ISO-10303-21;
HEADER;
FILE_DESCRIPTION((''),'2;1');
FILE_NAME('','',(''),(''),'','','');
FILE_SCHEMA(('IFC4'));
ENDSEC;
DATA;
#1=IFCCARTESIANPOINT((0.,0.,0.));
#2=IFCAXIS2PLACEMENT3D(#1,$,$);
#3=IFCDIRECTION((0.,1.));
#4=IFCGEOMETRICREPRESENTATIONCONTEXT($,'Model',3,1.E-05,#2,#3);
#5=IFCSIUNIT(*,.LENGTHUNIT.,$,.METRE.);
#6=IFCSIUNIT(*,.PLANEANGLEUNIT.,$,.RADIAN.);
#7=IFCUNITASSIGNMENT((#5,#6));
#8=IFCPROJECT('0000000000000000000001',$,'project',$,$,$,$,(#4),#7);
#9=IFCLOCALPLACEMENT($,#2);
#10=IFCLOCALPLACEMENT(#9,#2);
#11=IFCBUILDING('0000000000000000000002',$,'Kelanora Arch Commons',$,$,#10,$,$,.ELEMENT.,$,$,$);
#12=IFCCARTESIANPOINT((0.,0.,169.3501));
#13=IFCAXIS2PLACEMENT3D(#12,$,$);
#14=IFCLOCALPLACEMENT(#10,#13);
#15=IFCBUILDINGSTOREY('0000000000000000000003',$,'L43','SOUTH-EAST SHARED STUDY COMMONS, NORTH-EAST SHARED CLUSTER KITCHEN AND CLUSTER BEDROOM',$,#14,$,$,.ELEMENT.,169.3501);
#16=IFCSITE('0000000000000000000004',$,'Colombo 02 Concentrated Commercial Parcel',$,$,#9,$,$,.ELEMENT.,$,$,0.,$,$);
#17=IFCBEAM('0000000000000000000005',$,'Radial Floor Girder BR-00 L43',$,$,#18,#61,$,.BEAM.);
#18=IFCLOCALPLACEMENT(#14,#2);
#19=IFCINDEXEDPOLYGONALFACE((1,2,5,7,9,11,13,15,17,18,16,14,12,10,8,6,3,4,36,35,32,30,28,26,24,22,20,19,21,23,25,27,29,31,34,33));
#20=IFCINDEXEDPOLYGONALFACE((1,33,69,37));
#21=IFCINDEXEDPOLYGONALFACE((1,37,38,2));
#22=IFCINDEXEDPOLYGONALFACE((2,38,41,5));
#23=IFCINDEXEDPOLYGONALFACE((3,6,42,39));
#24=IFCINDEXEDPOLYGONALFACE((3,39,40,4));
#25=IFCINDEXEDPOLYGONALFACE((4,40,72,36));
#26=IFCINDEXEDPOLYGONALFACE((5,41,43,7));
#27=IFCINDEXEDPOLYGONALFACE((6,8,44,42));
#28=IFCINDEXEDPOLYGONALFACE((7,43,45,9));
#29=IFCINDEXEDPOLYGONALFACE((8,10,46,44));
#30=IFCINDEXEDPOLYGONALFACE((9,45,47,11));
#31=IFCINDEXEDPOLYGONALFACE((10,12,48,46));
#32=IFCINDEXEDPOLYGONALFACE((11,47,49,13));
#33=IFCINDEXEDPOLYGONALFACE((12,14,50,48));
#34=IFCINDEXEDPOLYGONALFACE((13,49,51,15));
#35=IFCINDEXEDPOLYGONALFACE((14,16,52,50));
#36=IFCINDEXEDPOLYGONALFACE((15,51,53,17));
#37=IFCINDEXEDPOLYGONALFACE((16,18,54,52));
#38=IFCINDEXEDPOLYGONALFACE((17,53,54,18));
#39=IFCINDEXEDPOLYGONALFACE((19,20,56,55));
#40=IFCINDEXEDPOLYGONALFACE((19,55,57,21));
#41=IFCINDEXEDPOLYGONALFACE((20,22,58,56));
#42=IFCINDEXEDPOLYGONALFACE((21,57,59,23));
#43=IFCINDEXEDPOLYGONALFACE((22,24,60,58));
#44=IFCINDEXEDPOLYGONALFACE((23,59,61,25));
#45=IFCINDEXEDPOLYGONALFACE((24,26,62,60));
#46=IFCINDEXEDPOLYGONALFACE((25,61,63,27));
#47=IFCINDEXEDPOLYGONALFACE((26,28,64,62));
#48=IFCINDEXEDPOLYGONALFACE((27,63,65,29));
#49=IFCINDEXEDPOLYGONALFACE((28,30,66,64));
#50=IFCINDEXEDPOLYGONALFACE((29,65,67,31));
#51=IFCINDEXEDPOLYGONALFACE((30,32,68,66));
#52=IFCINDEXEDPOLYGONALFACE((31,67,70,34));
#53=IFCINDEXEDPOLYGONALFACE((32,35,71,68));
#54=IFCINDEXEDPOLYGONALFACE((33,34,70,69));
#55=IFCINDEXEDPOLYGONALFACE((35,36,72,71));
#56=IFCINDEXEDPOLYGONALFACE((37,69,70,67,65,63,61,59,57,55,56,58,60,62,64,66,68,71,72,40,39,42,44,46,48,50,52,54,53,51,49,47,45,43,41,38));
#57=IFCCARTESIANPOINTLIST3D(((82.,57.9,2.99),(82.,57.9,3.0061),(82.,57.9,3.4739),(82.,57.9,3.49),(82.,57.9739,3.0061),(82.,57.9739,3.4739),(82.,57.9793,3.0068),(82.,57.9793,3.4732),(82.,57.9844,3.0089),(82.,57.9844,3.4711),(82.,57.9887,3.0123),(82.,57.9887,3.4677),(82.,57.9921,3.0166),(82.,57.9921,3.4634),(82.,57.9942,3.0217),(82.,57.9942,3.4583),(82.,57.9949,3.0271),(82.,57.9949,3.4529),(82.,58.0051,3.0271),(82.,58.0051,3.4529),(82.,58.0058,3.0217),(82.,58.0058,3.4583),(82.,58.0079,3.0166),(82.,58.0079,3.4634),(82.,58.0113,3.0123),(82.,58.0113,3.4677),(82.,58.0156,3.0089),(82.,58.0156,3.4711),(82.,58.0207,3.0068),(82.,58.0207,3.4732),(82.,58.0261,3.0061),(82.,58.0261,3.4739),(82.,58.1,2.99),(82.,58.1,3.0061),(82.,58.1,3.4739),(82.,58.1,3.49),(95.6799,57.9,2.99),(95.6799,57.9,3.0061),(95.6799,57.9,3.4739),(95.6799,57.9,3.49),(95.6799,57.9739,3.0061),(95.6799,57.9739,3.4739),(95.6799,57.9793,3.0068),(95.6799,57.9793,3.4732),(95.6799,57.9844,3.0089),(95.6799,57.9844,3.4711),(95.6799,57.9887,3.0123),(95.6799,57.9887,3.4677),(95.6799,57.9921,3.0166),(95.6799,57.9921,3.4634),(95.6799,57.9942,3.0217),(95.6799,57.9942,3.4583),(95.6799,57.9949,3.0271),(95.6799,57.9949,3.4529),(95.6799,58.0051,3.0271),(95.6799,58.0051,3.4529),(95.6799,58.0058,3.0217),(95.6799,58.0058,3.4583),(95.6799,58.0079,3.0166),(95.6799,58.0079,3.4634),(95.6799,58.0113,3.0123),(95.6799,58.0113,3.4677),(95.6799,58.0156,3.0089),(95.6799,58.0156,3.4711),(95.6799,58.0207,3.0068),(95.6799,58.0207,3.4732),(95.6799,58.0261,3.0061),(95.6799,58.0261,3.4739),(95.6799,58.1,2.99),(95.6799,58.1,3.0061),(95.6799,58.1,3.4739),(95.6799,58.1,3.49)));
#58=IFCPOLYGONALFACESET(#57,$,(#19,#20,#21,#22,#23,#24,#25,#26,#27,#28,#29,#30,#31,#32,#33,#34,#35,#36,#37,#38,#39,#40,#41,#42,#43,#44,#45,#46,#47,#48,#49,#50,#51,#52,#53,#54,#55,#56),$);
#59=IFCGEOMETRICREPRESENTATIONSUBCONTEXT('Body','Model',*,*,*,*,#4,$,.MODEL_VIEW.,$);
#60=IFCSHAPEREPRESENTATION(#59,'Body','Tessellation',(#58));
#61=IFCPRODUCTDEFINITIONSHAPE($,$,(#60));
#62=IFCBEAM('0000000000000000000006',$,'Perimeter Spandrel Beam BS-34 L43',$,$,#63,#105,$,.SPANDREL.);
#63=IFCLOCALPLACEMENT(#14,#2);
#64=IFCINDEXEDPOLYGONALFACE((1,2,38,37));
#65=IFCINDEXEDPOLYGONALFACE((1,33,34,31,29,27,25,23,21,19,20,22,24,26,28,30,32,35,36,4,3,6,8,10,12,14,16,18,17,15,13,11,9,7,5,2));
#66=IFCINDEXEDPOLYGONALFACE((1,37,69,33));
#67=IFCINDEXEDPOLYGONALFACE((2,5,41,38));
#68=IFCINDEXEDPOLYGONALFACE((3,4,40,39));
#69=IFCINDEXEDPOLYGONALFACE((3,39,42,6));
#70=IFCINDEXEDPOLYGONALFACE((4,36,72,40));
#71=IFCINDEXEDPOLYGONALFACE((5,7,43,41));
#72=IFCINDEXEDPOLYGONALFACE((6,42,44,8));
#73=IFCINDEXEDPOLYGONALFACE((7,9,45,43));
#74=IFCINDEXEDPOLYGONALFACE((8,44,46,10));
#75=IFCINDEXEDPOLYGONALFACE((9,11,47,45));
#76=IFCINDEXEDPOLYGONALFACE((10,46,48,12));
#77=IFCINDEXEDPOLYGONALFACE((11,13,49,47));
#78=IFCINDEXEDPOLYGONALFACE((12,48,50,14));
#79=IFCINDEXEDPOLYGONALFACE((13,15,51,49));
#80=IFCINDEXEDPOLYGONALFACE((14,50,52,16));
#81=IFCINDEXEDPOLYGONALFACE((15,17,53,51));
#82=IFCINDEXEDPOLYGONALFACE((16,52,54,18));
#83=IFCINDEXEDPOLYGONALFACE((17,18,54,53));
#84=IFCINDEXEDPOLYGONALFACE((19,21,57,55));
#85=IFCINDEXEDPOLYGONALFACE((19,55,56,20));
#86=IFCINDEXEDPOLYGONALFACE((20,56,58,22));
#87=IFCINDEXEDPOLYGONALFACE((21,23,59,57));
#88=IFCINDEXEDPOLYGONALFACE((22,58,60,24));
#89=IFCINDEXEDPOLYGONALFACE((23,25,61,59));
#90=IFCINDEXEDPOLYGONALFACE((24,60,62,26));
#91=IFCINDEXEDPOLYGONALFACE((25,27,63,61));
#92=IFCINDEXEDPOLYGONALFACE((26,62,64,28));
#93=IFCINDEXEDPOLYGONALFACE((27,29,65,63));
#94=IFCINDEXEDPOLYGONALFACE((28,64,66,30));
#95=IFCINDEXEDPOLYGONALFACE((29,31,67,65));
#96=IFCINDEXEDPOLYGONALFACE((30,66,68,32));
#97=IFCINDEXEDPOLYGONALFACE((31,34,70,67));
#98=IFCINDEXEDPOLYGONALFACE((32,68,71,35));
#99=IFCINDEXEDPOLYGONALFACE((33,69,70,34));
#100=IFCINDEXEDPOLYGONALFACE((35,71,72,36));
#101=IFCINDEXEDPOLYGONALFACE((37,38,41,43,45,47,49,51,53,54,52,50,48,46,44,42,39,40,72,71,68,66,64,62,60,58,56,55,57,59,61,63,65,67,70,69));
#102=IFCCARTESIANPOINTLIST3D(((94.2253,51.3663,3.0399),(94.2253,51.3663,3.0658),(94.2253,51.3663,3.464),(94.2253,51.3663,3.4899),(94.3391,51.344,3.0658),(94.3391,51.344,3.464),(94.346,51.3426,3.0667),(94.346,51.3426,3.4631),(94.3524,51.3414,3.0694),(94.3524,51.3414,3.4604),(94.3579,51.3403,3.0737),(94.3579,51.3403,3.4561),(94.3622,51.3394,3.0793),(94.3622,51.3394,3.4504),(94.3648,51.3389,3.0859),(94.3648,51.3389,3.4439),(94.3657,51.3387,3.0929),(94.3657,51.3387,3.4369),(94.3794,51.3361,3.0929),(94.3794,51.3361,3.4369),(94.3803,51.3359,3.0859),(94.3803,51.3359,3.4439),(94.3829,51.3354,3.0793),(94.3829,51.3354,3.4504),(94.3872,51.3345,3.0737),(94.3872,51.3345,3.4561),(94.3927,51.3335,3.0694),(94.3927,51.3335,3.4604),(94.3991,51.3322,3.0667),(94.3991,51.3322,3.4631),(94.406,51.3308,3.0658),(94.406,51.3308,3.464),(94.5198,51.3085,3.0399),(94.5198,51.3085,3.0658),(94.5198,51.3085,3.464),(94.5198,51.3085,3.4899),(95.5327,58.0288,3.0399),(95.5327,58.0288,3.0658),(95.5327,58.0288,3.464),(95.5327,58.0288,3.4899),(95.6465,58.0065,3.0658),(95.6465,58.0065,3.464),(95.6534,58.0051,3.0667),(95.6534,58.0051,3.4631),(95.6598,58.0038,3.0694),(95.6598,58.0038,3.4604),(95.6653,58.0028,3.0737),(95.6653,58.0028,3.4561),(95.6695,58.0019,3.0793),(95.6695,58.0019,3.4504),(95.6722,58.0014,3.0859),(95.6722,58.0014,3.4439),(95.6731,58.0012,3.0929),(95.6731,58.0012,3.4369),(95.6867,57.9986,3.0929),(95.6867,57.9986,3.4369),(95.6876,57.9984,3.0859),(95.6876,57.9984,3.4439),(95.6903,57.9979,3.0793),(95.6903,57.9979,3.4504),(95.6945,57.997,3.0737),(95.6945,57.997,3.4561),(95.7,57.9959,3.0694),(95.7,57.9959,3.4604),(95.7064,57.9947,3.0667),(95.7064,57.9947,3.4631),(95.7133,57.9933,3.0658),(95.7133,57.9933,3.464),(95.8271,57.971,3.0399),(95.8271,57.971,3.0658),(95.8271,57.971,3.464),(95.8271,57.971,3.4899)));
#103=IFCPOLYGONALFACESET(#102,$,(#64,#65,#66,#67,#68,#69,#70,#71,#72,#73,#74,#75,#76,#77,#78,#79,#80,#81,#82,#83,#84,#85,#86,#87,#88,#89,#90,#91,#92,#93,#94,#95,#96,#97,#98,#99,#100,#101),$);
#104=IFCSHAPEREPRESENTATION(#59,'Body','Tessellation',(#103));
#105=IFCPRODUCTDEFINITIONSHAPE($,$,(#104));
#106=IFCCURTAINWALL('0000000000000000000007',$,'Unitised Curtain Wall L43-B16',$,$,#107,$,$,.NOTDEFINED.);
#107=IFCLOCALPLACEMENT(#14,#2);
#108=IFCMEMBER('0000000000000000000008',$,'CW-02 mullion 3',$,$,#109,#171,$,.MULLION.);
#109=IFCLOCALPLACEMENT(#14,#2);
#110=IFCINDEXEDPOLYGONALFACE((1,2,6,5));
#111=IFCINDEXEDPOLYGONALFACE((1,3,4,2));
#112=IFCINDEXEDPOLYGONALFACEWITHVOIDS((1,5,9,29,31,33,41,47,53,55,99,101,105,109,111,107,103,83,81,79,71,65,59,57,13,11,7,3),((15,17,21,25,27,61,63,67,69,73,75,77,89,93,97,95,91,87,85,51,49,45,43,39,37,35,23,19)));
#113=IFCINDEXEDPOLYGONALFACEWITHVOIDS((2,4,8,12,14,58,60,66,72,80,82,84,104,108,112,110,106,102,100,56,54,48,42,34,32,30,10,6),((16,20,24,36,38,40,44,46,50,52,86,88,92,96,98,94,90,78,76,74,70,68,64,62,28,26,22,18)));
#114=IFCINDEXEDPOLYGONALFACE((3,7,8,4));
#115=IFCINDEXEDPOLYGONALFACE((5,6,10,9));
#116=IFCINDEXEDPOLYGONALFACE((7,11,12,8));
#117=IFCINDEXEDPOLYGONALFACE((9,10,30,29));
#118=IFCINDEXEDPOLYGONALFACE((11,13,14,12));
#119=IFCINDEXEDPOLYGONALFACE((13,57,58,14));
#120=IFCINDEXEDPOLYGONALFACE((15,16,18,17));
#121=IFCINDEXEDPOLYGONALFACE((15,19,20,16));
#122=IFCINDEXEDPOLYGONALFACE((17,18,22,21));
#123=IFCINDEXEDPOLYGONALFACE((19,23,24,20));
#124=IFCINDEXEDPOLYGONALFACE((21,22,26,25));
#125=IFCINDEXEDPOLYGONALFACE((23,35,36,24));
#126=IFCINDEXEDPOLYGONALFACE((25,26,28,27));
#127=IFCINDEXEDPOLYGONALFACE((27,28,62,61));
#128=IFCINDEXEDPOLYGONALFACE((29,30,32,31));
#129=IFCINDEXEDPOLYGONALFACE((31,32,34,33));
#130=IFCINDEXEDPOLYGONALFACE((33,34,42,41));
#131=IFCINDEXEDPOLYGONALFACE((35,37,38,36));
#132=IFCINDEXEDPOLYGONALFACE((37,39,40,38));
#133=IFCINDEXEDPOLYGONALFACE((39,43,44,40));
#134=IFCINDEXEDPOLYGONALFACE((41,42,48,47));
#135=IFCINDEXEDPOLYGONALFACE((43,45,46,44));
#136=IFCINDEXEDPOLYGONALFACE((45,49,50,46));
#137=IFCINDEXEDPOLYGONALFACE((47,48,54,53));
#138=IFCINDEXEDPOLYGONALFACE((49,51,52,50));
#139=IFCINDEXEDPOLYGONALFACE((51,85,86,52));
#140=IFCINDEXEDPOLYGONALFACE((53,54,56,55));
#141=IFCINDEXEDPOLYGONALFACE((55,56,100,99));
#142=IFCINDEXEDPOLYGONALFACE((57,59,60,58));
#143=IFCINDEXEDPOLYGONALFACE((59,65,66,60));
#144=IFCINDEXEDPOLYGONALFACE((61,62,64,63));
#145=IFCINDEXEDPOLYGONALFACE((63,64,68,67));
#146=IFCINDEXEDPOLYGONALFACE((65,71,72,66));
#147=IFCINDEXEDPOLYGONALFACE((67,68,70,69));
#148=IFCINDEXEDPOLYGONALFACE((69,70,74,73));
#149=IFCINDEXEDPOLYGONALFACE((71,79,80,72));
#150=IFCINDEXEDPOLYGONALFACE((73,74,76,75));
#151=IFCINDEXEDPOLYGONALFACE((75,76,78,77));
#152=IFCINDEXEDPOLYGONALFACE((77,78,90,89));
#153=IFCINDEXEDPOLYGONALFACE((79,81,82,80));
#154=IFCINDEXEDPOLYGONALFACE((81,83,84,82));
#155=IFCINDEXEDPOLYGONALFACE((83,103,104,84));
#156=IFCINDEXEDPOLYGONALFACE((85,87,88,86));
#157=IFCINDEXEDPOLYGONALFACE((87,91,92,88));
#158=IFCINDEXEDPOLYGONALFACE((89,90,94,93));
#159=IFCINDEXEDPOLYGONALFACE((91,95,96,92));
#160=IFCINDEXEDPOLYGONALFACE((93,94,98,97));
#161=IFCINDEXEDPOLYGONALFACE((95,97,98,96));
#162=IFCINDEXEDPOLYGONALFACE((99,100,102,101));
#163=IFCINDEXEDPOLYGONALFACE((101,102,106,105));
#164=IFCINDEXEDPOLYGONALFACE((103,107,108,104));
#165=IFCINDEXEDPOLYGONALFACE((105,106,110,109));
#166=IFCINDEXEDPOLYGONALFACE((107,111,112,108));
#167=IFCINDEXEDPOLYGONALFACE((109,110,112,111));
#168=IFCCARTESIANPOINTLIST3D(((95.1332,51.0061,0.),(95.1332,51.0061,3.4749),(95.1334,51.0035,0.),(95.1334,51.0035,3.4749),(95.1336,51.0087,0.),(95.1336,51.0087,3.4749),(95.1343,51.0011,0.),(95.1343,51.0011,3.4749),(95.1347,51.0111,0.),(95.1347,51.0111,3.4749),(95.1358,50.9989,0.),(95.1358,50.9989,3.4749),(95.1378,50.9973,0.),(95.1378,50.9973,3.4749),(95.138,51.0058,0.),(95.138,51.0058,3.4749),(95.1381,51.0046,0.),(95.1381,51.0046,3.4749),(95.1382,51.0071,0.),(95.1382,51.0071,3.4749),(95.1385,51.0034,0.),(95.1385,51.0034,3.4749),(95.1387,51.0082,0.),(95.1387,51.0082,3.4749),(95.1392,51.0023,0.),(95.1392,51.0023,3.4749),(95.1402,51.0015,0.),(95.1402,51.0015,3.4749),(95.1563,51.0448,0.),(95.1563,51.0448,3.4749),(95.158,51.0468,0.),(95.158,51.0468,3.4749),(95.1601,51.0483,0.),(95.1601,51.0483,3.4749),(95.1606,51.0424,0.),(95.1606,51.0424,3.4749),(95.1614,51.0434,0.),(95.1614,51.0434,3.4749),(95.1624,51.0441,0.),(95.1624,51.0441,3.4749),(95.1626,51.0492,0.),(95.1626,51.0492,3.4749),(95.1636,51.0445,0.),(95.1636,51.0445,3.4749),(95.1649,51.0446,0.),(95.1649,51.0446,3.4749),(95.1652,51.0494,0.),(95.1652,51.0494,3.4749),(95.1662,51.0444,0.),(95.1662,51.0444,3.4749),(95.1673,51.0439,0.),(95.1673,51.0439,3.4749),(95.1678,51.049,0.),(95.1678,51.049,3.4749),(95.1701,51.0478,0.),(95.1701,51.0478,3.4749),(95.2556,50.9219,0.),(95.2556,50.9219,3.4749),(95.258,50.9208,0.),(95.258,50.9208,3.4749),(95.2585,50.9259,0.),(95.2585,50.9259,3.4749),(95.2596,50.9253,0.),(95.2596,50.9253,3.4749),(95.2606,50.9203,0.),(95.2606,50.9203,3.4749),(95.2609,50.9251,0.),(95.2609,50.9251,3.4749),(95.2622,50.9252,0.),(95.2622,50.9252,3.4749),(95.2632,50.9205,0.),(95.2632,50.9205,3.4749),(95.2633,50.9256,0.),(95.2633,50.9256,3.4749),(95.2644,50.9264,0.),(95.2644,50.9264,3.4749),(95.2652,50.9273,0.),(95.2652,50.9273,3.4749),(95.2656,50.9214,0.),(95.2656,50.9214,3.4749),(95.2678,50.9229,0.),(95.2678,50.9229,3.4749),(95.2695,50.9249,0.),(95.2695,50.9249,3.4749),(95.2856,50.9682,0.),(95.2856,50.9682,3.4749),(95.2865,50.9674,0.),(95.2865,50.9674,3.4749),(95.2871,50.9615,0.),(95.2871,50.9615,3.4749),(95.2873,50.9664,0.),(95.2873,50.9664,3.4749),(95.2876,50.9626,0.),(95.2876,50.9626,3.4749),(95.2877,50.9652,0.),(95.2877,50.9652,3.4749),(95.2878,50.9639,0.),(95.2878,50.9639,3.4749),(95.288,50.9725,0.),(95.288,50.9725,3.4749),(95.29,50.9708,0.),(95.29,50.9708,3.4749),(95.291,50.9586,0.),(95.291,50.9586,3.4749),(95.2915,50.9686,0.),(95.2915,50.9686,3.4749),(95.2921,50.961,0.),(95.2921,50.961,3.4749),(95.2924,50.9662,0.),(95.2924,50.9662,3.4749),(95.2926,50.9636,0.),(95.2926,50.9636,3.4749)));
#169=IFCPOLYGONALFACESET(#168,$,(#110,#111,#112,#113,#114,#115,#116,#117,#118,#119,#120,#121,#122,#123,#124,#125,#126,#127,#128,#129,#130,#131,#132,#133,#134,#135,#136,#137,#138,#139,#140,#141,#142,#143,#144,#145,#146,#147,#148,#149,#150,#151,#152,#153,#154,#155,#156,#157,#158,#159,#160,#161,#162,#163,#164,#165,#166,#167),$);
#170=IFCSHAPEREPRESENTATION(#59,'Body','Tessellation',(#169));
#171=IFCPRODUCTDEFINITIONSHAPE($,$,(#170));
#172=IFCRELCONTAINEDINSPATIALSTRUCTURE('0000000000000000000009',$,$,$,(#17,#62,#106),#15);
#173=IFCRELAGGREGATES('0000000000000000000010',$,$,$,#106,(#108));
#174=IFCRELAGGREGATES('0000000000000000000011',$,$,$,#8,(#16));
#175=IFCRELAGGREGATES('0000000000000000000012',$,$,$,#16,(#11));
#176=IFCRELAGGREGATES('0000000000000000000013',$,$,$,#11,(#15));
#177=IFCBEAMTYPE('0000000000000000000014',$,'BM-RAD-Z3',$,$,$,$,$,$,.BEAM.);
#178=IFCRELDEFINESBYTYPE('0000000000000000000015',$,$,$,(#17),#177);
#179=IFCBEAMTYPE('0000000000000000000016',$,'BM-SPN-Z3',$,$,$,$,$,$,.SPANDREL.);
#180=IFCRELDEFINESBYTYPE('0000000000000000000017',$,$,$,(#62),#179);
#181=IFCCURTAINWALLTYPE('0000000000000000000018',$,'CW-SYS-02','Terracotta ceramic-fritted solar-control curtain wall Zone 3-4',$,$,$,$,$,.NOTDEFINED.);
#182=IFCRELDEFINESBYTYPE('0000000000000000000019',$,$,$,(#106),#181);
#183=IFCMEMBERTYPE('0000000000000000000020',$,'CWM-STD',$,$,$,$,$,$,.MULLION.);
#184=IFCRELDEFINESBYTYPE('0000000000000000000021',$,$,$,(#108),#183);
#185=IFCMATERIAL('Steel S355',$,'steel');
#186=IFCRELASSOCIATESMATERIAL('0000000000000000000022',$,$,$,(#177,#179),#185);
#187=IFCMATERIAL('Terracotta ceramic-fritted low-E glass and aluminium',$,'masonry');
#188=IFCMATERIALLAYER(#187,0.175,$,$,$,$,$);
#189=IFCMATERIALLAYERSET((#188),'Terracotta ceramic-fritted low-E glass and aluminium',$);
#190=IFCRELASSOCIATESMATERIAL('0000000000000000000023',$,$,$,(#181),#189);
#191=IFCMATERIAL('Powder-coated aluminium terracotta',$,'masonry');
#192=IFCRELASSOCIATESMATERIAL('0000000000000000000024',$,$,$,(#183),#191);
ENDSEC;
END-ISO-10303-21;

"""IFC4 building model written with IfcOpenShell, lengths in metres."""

from ifc_helpers import new_model, si_unit, direction, frame, origin, origin_2d, place, context, subcontext, project, spatial, hollow_rectangle, i_section, extrude, material, layer, layer_set, material_profile, profile_set, type_object, element, aggregate, save


model = new_model("IFC4")

# Units and contexts
model_context = context("Model", 3, precision=1e-05, world=origin(), true_north=direction((0.0, 1.0)))
body_context = subcontext(model_context, "Body", "Model", "MODEL_VIEW")
ifc_project = project(units=[si_unit("LENGTHUNIT", "METRE"), si_unit("PLANEANGLEUNIT", "RADIAN")], contexts=[model_context])

# Site, building, storey
site_placement = place(None, origin())
site = spatial("IfcSite", under=ifc_project, at=site_placement, Name="Colombo 02 Concentrated Commercial Parcel", CompositionType="ELEMENT", RefElevation=0.0)
building_placement = place(site_placement, origin())
building = spatial("IfcBuilding", under=site, at=building_placement, Name="Kelanora Arch Commons", CompositionType="ELEMENT")
storey_placement = place(building_placement, frame((0.0, 0.0, 169.3501)))
storey = spatial("IfcBuildingStorey", under=building, at=storey_placement, Name="L43", Description="SOUTH-EAST SHARED STUDY COMMONS, NORTH-EAST SHARED CLUSTER KITCHEN AND CLUSTER BEDROOM", CompositionType="ELEMENT", Elevation=169.3501)

# Beams
ifc_material_1 = material(Name="Steel S355", Category="steel")
ifc_material_profile_1 = material_profile(ifc_material_1, i_section(OverallWidth=0.2, OverallDepth=0.5, WebThickness=0.0103, FlangeThickness=0.0161, FilletRadius=0.021, at=origin_2d()), Name="IPE500")
ifc_profile_set_1 = profile_set([ifc_material_profile_1], Name="Steel S355")
beam_type_1 = type_object("IfcBeamType", Name="BM-RAD-Z3", PredefinedType="BEAM", material=ifc_profile_set_1)
beam_1_placement = place(storey_placement, frame((82.0, 58.0, 3.24), z_axis=(1.0, 0.0, 0.0), x_axis=(0.0, 1.0, 0.0)))
element("IfcBeam", 1, at=beam_1_placement, inside=storey, type_object=beam_type_1, Name="Radial Floor Girder BR-00 L43", PredefinedType="BEAM", context=body_context, shape_type="SweptSolid", body=[
    extrude(i_section(OverallWidth=0.2, OverallDepth=0.5, WebThickness=0.0103, FlangeThickness=0.0161, FilletRadius=0.021, at=origin_2d()), origin(), (0.0, 0.0, 1.0), 13.6799),
])
ifc_material_profile_2 = material_profile(ifc_material_1, i_section(OverallWidth=0.3, OverallDepth=0.45, WebThickness=0.0139, FlangeThickness=0.0259, FilletRadius=0.0271, at=origin_2d()), Name="HEB450")
ifc_profile_set_2 = profile_set([ifc_material_profile_2], Name="Steel S355")
beam_type_2 = type_object("IfcBeamType", Name="BM-SPN-Z3", PredefinedType="SPANDREL", material=ifc_profile_set_2)
beam_2_placement = place(storey_placement, frame((94.3726, 51.3374, 3.2649), z_axis=(0.192554, 0.981286, 0.0), x_axis=(-0.981286, 0.192554, 0.0)))
element("IfcBeam", 2, at=beam_2_placement, inside=storey, type_object=beam_type_2, Name="Perimeter Spandrel Beam BS-34 L43", PredefinedType="SPANDREL", context=body_context, shape_type="SweptSolid", body=[
    extrude(i_section(OverallWidth=0.3, OverallDepth=0.45, WebThickness=0.0139, FlangeThickness=0.0259, FilletRadius=0.0271, at=origin_2d()), origin(), (0.0, 0.0, 1.0), 6.7896),
])

# Curtain wall, member
ifc_material_2 = material(Name="Terracotta ceramic-fritted low-E glass and aluminium", Category="masonry")
ifc_layer_1 = layer(ifc_material_2, 0.175)
ifc_layer_set_1 = layer_set([ifc_layer_1], Name="Terracotta ceramic-fritted low-E glass and aluminium")
curtain_wall_type = type_object("IfcCurtainWallType", Name="CW-SYS-02", Description="Terracotta ceramic-fritted solar-control curtain wall Zone 3-4", PredefinedType="NOTDEFINED", material=ifc_layer_set_1)
curtain_wall_placement = place(storey_placement, origin())
curtain_wall = element("IfcCurtainWall", 3, at=curtain_wall_placement, inside=storey, type_object=curtain_wall_type, Name="Unitised Curtain Wall L43-B16", PredefinedType="NOTDEFINED")
ifc_material_3 = material(Name="Powder-coated aluminium terracotta", Category="masonry")
ifc_material_profile_3 = material_profile(ifc_material_3, hollow_rectangle(XDim=0.1599, YDim=0.0601, WallThickness=0.0049, InnerFilletRadius=0.0049, OuterFilletRadius=0.01, at=origin_2d()), Name="CWM160x60")
ifc_profile_set_3 = profile_set([ifc_material_profile_3], Name="Powder-coated aluminium terracotta")
member_type_1 = type_object("IfcMemberType", Name="CWM-STD", PredefinedType="MULLION", material=ifc_profile_set_3)
member_1_placement = place(storey_placement, frame((95.2129, 50.9849, 0.0), z_axis=(0.0, 0.0, 1.0), x_axis=(-0.842423, 0.538817, 0.0)))
member_1 = element("IfcMember", 4, at=member_1_placement, type_object=member_type_1, Name="CW-02 mullion 3", PredefinedType="MULLION", context=body_context, shape_type="SweptSolid", body=[
    extrude(hollow_rectangle(XDim=0.1599, YDim=0.0601, WallThickness=0.0049, InnerFilletRadius=0.0049, OuterFilletRadius=0.01, at=origin_2d()), origin(), (0.0, 0.0, 1.0), 3.4749),
])
aggregate(curtain_wall, [member_1])

save(model, "model.ifc")
